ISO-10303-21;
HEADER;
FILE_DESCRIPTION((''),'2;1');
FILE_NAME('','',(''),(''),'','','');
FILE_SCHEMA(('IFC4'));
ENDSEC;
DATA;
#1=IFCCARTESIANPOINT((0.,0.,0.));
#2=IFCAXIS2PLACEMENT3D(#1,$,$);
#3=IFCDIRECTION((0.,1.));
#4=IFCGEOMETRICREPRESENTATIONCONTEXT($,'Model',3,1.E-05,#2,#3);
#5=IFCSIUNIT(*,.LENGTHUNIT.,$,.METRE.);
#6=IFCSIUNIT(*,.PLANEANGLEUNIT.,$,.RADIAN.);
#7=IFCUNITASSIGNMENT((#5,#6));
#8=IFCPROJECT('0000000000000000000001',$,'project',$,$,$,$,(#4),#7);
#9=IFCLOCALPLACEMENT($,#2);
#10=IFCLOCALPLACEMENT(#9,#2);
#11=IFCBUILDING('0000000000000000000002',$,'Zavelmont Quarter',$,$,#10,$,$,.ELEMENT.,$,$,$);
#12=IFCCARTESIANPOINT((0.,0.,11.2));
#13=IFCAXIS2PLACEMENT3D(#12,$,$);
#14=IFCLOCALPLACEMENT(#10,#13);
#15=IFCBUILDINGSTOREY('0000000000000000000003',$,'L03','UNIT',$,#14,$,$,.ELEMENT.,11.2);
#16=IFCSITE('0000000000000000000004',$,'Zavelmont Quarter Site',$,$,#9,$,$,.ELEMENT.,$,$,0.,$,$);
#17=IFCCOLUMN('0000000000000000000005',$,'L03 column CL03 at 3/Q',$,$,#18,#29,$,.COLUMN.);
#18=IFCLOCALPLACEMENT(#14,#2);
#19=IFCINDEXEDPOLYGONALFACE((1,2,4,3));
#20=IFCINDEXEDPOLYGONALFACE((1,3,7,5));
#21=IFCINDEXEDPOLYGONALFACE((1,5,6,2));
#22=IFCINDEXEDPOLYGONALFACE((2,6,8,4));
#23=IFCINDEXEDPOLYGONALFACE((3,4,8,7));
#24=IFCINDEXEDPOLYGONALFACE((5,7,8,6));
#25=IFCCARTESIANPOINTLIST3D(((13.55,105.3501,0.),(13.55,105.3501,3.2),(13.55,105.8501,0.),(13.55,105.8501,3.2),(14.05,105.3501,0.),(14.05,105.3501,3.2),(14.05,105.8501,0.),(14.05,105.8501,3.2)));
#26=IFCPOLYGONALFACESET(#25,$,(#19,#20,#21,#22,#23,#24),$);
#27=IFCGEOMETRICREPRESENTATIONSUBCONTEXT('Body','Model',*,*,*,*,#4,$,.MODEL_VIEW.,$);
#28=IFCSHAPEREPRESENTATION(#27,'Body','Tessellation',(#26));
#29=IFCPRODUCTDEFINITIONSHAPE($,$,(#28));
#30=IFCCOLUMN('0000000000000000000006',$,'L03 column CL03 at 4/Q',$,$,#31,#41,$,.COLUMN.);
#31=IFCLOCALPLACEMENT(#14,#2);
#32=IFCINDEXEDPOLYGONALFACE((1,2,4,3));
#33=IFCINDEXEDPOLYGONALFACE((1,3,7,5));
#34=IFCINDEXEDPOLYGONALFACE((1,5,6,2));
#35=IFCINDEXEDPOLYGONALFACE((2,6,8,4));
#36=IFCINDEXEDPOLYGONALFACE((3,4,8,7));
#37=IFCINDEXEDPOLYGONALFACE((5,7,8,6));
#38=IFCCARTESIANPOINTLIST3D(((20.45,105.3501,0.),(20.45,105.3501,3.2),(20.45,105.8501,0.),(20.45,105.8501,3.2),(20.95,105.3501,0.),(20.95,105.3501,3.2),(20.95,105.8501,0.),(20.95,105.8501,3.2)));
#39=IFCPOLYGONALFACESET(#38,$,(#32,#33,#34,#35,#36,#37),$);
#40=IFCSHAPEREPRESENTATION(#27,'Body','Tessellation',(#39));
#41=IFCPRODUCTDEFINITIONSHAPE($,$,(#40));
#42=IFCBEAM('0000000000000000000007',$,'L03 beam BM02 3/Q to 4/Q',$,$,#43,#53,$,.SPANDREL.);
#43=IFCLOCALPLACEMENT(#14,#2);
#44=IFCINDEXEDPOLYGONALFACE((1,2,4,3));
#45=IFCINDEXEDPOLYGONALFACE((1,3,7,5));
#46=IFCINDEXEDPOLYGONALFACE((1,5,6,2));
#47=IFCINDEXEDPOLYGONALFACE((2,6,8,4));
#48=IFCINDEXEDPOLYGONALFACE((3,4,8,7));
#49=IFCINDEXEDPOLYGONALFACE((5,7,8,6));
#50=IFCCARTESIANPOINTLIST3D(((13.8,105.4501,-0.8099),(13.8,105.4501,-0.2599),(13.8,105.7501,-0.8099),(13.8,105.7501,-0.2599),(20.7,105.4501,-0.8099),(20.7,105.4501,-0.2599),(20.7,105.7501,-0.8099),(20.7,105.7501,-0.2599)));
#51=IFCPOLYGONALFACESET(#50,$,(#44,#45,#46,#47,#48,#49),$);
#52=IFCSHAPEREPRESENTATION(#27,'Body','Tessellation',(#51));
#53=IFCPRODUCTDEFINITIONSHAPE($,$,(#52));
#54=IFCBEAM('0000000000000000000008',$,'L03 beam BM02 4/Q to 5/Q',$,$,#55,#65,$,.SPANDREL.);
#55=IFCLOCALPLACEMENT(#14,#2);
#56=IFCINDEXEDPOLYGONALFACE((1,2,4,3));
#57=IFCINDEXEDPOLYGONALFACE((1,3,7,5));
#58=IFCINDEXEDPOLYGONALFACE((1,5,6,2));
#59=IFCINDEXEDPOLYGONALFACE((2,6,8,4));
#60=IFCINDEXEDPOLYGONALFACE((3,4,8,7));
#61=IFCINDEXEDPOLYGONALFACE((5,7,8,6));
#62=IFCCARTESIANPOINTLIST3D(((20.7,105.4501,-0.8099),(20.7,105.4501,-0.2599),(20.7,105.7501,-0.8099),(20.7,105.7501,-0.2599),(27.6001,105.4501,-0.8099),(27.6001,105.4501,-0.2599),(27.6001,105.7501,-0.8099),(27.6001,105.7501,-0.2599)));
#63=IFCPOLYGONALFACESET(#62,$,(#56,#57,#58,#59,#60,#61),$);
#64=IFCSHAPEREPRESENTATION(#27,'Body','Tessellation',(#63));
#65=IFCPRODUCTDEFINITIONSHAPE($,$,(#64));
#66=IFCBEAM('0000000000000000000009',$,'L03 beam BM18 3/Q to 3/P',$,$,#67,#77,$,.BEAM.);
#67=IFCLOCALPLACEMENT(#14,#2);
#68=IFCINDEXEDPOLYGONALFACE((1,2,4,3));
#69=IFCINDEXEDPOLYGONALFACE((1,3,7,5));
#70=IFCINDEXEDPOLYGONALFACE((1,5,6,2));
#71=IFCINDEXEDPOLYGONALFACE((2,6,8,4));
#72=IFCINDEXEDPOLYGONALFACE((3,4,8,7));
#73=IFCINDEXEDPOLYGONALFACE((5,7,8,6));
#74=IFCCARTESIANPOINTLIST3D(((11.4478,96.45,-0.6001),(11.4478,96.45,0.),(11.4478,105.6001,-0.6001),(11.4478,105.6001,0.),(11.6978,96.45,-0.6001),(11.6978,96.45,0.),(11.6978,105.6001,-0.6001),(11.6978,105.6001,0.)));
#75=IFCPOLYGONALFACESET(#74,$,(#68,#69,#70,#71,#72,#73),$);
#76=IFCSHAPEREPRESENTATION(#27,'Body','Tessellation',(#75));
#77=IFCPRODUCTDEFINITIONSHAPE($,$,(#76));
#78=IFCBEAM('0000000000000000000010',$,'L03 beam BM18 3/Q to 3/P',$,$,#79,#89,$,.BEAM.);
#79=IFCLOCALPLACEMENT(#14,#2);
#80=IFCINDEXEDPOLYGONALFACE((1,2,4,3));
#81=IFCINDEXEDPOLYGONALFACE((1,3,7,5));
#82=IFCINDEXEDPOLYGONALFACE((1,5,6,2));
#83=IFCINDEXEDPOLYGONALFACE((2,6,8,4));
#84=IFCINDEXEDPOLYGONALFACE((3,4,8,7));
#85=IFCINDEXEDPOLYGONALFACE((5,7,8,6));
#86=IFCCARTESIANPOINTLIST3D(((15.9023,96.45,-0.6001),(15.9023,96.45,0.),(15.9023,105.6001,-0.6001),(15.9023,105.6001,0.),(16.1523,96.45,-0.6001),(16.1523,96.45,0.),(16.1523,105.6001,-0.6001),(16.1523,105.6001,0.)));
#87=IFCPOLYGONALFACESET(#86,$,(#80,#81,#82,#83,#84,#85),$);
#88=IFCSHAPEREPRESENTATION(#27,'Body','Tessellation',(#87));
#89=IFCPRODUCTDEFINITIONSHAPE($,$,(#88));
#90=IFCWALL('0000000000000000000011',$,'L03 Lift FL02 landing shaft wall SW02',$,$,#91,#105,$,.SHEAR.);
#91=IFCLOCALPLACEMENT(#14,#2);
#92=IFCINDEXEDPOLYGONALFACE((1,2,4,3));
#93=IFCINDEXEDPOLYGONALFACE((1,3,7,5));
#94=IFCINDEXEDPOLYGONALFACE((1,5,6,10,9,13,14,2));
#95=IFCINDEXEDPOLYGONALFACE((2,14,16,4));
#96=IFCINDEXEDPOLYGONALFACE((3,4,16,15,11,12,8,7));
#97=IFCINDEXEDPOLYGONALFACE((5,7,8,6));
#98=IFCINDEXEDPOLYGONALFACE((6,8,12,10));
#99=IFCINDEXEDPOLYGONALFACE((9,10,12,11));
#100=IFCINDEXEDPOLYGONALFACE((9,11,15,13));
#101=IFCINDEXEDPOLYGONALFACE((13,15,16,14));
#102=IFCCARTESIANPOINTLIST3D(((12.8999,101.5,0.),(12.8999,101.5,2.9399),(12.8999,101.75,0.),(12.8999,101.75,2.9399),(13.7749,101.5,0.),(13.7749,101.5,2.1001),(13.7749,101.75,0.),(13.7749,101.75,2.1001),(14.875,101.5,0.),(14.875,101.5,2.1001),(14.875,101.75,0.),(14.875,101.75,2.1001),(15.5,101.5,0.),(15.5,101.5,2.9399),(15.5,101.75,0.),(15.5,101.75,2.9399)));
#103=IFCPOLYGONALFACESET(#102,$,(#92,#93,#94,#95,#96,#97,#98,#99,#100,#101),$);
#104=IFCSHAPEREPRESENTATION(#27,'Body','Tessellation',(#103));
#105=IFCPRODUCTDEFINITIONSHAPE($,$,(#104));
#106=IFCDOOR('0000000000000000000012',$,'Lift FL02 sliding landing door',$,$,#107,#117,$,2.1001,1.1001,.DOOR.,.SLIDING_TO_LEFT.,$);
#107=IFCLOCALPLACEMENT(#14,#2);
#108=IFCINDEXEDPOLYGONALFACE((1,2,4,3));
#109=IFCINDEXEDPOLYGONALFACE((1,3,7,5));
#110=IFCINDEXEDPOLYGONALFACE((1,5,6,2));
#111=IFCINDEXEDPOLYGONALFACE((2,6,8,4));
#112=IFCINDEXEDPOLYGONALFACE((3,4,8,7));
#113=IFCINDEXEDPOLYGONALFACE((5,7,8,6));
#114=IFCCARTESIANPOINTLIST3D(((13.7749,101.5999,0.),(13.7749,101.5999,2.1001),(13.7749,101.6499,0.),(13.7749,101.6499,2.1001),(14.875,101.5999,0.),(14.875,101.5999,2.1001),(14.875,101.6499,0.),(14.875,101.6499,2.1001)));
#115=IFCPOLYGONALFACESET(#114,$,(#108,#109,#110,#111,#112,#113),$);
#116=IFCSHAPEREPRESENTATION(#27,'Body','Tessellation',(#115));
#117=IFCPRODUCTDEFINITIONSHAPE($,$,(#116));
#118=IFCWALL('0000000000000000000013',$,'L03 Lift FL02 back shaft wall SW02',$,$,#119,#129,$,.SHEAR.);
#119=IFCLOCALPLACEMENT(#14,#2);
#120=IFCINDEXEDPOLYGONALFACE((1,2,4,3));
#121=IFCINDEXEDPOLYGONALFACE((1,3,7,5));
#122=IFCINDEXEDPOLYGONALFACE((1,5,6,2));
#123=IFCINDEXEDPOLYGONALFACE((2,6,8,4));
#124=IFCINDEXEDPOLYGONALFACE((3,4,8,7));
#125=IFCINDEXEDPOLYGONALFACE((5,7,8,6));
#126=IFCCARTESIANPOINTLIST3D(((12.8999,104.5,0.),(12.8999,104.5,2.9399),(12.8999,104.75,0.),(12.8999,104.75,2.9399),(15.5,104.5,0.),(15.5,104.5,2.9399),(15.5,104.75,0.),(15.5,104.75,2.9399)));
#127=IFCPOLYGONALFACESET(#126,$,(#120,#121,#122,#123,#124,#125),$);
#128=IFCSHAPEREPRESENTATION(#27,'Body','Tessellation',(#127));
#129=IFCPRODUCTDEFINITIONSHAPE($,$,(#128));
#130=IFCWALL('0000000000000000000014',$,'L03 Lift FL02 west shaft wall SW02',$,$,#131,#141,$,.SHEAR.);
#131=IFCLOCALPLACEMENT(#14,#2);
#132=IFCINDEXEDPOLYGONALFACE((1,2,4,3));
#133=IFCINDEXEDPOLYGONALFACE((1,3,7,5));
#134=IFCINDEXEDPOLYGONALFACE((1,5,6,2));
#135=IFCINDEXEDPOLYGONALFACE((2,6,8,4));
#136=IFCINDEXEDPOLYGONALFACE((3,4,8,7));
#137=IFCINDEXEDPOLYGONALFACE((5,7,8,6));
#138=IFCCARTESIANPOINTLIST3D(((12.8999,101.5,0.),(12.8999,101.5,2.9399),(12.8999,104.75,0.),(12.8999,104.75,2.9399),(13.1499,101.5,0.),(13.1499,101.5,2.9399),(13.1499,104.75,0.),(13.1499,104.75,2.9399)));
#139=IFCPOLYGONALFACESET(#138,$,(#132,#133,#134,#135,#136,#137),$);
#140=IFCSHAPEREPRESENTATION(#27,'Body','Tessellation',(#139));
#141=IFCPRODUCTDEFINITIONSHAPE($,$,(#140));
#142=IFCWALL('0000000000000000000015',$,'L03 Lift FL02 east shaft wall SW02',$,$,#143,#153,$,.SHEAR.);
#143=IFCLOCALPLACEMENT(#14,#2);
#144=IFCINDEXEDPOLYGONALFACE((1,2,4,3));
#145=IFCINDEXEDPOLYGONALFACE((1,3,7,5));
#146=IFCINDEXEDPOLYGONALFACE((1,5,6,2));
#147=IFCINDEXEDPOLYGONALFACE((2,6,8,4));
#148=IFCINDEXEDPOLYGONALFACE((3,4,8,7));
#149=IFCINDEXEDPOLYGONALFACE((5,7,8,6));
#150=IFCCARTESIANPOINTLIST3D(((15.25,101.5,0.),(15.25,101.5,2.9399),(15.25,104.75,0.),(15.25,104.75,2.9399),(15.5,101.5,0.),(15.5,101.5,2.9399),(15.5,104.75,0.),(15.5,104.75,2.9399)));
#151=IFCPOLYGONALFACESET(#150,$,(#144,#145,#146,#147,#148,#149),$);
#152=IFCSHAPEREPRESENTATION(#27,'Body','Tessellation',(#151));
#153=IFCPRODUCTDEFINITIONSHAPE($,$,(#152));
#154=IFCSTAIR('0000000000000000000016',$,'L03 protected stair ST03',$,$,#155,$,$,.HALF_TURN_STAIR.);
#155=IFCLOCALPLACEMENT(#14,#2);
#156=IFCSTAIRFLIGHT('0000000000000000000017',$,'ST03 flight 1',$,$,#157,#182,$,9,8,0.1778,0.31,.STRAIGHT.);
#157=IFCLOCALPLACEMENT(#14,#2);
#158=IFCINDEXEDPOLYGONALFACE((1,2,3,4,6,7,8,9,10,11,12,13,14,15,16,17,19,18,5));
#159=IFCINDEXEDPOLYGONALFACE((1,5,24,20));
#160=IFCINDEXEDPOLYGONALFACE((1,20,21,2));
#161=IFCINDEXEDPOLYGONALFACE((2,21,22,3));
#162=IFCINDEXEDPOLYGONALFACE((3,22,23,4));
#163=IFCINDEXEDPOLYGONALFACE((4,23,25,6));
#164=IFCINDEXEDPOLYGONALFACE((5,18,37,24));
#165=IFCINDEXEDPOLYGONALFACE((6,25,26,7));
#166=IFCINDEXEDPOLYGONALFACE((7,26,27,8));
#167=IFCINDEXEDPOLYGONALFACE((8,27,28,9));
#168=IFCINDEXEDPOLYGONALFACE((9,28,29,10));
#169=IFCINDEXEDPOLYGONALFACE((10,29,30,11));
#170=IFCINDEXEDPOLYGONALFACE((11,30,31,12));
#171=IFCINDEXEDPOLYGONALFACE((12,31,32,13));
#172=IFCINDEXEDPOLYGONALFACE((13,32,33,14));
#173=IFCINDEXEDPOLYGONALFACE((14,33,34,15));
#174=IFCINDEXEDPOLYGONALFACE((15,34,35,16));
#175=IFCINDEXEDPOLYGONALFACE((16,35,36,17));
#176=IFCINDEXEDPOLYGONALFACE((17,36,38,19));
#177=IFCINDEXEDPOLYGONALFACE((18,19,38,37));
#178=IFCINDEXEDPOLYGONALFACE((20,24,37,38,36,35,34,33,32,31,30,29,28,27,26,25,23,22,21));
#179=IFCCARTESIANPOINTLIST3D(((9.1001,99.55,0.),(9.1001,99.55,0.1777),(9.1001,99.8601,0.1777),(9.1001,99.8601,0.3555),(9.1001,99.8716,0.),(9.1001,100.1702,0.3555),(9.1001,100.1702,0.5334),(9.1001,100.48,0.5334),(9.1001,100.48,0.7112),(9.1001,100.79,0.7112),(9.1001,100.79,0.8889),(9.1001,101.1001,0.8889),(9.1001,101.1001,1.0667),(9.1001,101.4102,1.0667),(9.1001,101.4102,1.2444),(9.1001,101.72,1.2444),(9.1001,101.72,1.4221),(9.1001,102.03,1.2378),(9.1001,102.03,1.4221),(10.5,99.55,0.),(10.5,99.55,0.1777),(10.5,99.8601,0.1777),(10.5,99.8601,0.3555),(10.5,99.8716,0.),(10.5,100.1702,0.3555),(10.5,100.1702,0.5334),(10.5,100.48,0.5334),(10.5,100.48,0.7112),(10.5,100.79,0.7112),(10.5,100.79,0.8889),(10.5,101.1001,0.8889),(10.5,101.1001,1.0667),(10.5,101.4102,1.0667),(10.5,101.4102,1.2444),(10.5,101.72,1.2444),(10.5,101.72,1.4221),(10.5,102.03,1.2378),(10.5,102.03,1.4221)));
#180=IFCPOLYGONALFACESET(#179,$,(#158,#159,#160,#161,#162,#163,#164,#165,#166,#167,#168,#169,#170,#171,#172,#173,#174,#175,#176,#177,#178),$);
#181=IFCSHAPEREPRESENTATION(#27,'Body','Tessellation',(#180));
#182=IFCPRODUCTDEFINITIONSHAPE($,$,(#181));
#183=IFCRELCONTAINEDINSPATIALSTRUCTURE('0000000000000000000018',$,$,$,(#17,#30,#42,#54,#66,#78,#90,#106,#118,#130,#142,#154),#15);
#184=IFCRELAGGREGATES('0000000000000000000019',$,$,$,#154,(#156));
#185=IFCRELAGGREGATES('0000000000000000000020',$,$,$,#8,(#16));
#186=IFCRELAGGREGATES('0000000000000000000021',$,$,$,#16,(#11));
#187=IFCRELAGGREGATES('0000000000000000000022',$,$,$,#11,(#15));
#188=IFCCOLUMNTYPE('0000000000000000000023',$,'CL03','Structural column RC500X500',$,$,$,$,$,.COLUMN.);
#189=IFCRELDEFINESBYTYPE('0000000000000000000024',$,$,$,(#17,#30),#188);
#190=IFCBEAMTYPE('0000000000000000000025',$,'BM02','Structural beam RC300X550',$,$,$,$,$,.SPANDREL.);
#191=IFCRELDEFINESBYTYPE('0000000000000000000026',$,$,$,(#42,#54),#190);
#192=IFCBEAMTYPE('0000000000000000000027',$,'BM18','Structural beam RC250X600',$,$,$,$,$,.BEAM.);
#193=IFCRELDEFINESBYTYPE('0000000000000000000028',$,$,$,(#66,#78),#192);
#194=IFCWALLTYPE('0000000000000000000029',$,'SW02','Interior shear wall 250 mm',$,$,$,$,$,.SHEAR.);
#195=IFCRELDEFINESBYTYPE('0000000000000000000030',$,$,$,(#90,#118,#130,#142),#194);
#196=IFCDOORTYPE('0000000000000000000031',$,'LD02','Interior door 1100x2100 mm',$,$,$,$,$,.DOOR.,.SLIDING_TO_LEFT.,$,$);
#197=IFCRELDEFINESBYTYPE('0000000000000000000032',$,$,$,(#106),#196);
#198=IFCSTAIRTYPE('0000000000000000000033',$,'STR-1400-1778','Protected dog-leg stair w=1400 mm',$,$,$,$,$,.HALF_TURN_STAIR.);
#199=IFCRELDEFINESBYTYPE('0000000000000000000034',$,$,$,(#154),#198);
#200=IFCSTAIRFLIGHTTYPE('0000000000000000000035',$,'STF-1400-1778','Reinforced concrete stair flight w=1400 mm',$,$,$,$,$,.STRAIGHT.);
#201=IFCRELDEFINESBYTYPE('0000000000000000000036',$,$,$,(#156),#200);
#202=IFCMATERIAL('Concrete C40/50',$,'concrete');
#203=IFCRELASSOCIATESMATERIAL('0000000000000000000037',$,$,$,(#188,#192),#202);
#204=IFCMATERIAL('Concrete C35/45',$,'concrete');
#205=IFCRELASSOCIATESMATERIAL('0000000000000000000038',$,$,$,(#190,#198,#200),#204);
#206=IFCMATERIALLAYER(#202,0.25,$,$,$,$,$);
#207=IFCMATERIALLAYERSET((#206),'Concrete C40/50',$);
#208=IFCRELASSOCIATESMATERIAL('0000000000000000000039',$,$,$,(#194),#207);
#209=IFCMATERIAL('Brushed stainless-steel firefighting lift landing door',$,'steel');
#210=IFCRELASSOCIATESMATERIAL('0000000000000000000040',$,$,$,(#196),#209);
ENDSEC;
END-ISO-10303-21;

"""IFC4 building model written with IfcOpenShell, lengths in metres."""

from ifc_helpers import new_model, si_unit, direction, frame, frame_2d, origin, origin_with_axes, origin_2d, place, context, subcontext, project, spatial, polyline, rectangle, outline, extrude, material, layer, layer_set, material_profile, profile_set, type_object, element, fill, aggregate, save


model = new_model("IFC4")

# Units and contexts
model_context = context("Model", 3, precision=1e-05, world=origin(), true_north=direction((0.0, 1.0)))
body_context = subcontext(model_context, "Body", "Model", "MODEL_VIEW")
ifc_project = project(units=[si_unit("LENGTHUNIT", "METRE"), si_unit("PLANEANGLEUNIT", "RADIAN")], contexts=[model_context])

# Site, building, storey
site_placement = place(None, origin())
site = spatial("IfcSite", under=ifc_project, at=site_placement, Name="Zavelmont Quarter Site", CompositionType="ELEMENT", RefElevation=0.0)
building_placement = place(site_placement, origin())
building = spatial("IfcBuilding", under=site, at=building_placement, Name="Zavelmont Quarter", CompositionType="ELEMENT")
storey_placement = place(building_placement, frame((0.0, 0.0, 11.2)))
storey = spatial("IfcBuildingStorey", under=building, at=storey_placement, Name="L03", Description="UNIT", CompositionType="ELEMENT", Elevation=11.2)

# Columns
ifc_material_1 = material(Name="Concrete C40/50", Category="concrete")
ifc_material_profile_1 = material_profile(ifc_material_1, rectangle(XDim=0.5, YDim=0.5, at=origin_2d()), Name="RC500X500")
ifc_profile_set_1 = profile_set([ifc_material_profile_1], Name="Concrete C40/50")
column_type = type_object("IfcColumnType", Name="CL03", Description="Structural column RC500X500", PredefinedType="COLUMN", material=ifc_profile_set_1)
for number, where, z_axis, x_axis, name in (
    (1, (13.8, 105.6001, 0.0), (0.0, 0.0, 1.0), (1.0, 0.0, 0.0), "L03 column CL03 at 3/Q"),
    (2, (20.7, 105.6001, 0.0), (0.0, 0.0, 1.0), (1.0, 0.0, 0.0), "L03 column CL03 at 4/Q"),
):
    element("IfcColumn", number, at=place(storey_placement, frame(where, z_axis=z_axis, x_axis=x_axis)), inside=storey, type_object=column_type, Name=name, PredefinedType="COLUMN", context=body_context, shape_type="SweptSolid", body=[
        extrude(rectangle(XDim=0.5, YDim=0.5, at=origin_2d()), origin(), (0.0, 0.0, 1.0), 3.2),
    ])

# Beams
ifc_material_2 = material(Name="Concrete C35/45", Category="concrete")
ifc_material_profile_2 = material_profile(ifc_material_2, rectangle(XDim=0.3, YDim=0.55, at=origin_2d()), Name="RC300X550")
ifc_profile_set_2 = profile_set([ifc_material_profile_2], Name="Concrete C35/45")
beam_type_1 = type_object("IfcBeamType", Name="BM02", Description="Structural beam RC300X550", PredefinedType="SPANDREL", material=ifc_profile_set_2)
beam_1_placement = place(storey_placement, frame((13.8, 105.6001, -0.5349), z_axis=(1.0, 0.0, 0.0), x_axis=(0.0, 1.0, 0.0)))
element("IfcBeam", 3, at=beam_1_placement, inside=storey, type_object=beam_type_1, Name="L03 beam BM02 3/Q to 4/Q", PredefinedType="SPANDREL", context=body_context, shape_type="SweptSolid", body=[
    extrude(rectangle(XDim=0.3, YDim=0.55, at=origin_2d()), origin(), (0.0, 0.0, 1.0), 6.8999),
])
beam_2_placement = place(storey_placement, frame((20.7, 105.6001, -0.5349), z_axis=(1.0, 0.0, 0.0), x_axis=(0.0, 1.0, 0.0)))
element("IfcBeam", 4, at=beam_2_placement, inside=storey, type_object=beam_type_1, Name="L03 beam BM02 4/Q to 5/Q", PredefinedType="SPANDREL", context=body_context, shape_type="SweptSolid", body=[
    extrude(rectangle(XDim=0.3, YDim=0.55, at=origin_2d()), origin(), (0.0, 0.0, 1.0), 6.9001),
])
ifc_material_profile_3 = material_profile(ifc_material_1, rectangle(XDim=0.25, YDim=0.6001, at=origin_2d()), Name="RC250X600")
ifc_profile_set_3 = profile_set([ifc_material_profile_3], Name="Concrete C40/50")
beam_type_2 = type_object("IfcBeamType", Name="BM18", Description="Structural beam RC250X600", PredefinedType="BEAM", material=ifc_profile_set_3)
for number, where, z_axis, x_axis, name in (
    (5, (11.5728, 105.6001, -0.3), (0.0, -1.0, 0.0), (1.0, 0.0, 0.0), "L03 beam BM18 3/Q to 3/P"),
    (6, (16.0273, 105.6001, -0.3), (0.0, -1.0, 0.0), (1.0, 0.0, 0.0), "L03 beam BM18 3/Q to 3/P"),
):
    element("IfcBeam", number, at=place(storey_placement, frame(where, z_axis=z_axis, x_axis=x_axis)), inside=storey, type_object=beam_type_2, Name=name, PredefinedType="BEAM", context=body_context, shape_type="SweptSolid", body=[
        extrude(rectangle(XDim=0.25, YDim=0.6001, at=origin_2d()), origin(), (0.0, 0.0, 1.0), 9.1501),
    ])

# Wall, opening, door
ifc_layer_1 = layer(ifc_material_1, 0.25)
ifc_layer_set_1 = layer_set([ifc_layer_1], Name="Concrete C40/50")
wall_type_1 = type_object("IfcWallType", Name="SW02", Description="Interior shear wall 250 mm", PredefinedType="SHEAR", material=ifc_layer_set_1)
wall_1_placement = place(storey_placement, frame((12.8999, 101.625, 0.0), z_axis=(0.0, 0.0, 1.0), x_axis=(1.0, 0.0, 0.0)))
wall_1 = element("IfcWall", 7, at=wall_1_placement, inside=storey, type_object=wall_type_1, Name="L03 Lift FL02 landing shaft wall SW02", PredefinedType="SHEAR", context=body_context, shape_type="SweptSolid", body=[
    extrude(rectangle(XDim=2.6001, YDim=0.25, at=frame_2d((1.3, 0.0))), origin(), (0.0, 0.0, 1.0), 2.9399),
])
opening_1_placement = place(wall_1_placement, frame((0.875, 0.0, 0.0)))
opening_1 = element("IfcOpeningElement", 8, at=opening_1_placement, cuts=wall_1, PredefinedType="OPENING", context=body_context, shape_type="SweptSolid", body=[
    extrude(rectangle(XDim=1.1001, YDim=2.1001, at=frame_2d((0.55, 1.05))), frame((0.0, 0.137, 0.0), z_axis=(0.0, -1.0, 0.0), x_axis=(1.0, 0.0, 0.0)), (0.0, 0.0, 1.0), 0.2739),
])
ifc_material_3 = material(Name="Brushed stainless-steel firefighting lift landing door", Category="steel")
door_type_1 = type_object("IfcDoorType", Name="LD02", Description="Interior door 1100x2100 mm", OperationType="SLIDING_TO_LEFT", PredefinedType="DOOR", material=ifc_material_3)
door_1_placement = place(opening_1_placement, origin_with_axes())
door_1 = element("IfcDoor", 9, at=door_1_placement, inside=storey, type_object=door_type_1, Name="Lift FL02 sliding landing door", OperationType="SLIDING_TO_LEFT", OverallHeight=2.1001, OverallWidth=1.1001, PredefinedType="DOOR", context=body_context, shape_type="SweptSolid", body=[
    extrude(rectangle(XDim=1.1001, YDim=2.1001, at=frame_2d((0.55, 1.05))), frame((0.0, 0.0249, 0.0), z_axis=(0.0, -1.0, 0.0), x_axis=(1.0, 0.0, 0.0)), (0.0, 0.0, 1.0), 0.05),
])
fill(opening_1, door_1)

# Walls
wall_2_placement = place(storey_placement, frame((12.8999, 104.625, 0.0), z_axis=(0.0, 0.0, 1.0), x_axis=(1.0, 0.0, 0.0)))
element("IfcWall", 10, at=wall_2_placement, inside=storey, type_object=wall_type_1, Name="L03 Lift FL02 back shaft wall SW02", PredefinedType="SHEAR", context=body_context, shape_type="SweptSolid", body=[
    extrude(rectangle(XDim=2.6001, YDim=0.25, at=frame_2d((1.3, 0.0))), origin(), (0.0, 0.0, 1.0), 2.9399),
])
for number, where, z_axis, x_axis, name in (
    (11, (13.0249, 101.5, 0.0), (0.0, 0.0, 1.0), (0.0, 1.0, 0.0), "L03 Lift FL02 west shaft wall SW02"),
    (12, (15.375, 101.5, 0.0), (0.0, 0.0, 1.0), (0.0, 1.0, 0.0), "L03 Lift FL02 east shaft wall SW02"),
):
    element("IfcWall", number, at=place(storey_placement, frame(where, z_axis=z_axis, x_axis=x_axis)), inside=storey, type_object=wall_type_1, Name=name, PredefinedType="SHEAR", context=body_context, shape_type="SweptSolid", body=[
        extrude(rectangle(XDim=3.25, YDim=0.25, at=frame_2d((1.625, 0.0))), origin(), (0.0, 0.0, 1.0), 2.9399),
    ])

# Stair, stair flight
stair_type = type_object("IfcStairType", Name="STR-1400-1778", Description="Protected dog-leg stair w=1400 mm", PredefinedType="HALF_TURN_STAIR", material=ifc_material_2)
stair_placement = place(storey_placement, origin())
stair = element("IfcStair", 13, at=stair_placement, inside=storey, type_object=stair_type, Name="L03 protected stair ST03", PredefinedType="HALF_TURN_STAIR")
stair_flight_type = type_object("IfcStairFlightType", Name="STF-1400-1778", Description="Reinforced concrete stair flight w=1400 mm", PredefinedType="STRAIGHT", material=ifc_material_2)
stair_flight_1_placement = place(storey_placement, frame((9.8, 99.55, 0.0), z_axis=(0.0, 0.0, 1.0), x_axis=(0.0, 1.0, 0.0)))
stair_flight_1 = element("IfcStairFlight", 14, at=stair_flight_1_placement, type_object=stair_flight_type, Name="ST03 flight 1", NumberOfRisers=9, NumberOfTreads=8, PredefinedType="STRAIGHT", RiserHeight=0.1778, TreadLength=0.31, context=body_context, shape_type="SweptSolid", body=[
    extrude(outline(polyline([(0.0, 0.0), (0.0, 0.1777), (0.3101, 0.1777), (0.3101, 0.3555), (0.6201, 0.3555), (0.6201, 0.5334), (0.9299, 0.5334), (0.9299, 0.7112), (1.24, 0.7112), (1.24, 0.8889), (1.55, 0.8889), (1.55, 1.0667), (1.8601, 1.0667), (1.8601, 1.2444), (2.1699, 1.2444), (2.1699, 1.4221), (2.48, 1.4221), (2.48, 1.6001), (2.48, 1.2378), (0.3215, 0.0), (0.0, 0.0)])), frame((0.0, 0.7, 0.0), z_axis=(0.0, -1.0, 0.0), x_axis=(1.0, 0.0, 0.0)), (0.0, 0.0, 1.0), 1.3999),
])
aggregate(stair, [stair_flight_1])

save(model, "model.ifc")
